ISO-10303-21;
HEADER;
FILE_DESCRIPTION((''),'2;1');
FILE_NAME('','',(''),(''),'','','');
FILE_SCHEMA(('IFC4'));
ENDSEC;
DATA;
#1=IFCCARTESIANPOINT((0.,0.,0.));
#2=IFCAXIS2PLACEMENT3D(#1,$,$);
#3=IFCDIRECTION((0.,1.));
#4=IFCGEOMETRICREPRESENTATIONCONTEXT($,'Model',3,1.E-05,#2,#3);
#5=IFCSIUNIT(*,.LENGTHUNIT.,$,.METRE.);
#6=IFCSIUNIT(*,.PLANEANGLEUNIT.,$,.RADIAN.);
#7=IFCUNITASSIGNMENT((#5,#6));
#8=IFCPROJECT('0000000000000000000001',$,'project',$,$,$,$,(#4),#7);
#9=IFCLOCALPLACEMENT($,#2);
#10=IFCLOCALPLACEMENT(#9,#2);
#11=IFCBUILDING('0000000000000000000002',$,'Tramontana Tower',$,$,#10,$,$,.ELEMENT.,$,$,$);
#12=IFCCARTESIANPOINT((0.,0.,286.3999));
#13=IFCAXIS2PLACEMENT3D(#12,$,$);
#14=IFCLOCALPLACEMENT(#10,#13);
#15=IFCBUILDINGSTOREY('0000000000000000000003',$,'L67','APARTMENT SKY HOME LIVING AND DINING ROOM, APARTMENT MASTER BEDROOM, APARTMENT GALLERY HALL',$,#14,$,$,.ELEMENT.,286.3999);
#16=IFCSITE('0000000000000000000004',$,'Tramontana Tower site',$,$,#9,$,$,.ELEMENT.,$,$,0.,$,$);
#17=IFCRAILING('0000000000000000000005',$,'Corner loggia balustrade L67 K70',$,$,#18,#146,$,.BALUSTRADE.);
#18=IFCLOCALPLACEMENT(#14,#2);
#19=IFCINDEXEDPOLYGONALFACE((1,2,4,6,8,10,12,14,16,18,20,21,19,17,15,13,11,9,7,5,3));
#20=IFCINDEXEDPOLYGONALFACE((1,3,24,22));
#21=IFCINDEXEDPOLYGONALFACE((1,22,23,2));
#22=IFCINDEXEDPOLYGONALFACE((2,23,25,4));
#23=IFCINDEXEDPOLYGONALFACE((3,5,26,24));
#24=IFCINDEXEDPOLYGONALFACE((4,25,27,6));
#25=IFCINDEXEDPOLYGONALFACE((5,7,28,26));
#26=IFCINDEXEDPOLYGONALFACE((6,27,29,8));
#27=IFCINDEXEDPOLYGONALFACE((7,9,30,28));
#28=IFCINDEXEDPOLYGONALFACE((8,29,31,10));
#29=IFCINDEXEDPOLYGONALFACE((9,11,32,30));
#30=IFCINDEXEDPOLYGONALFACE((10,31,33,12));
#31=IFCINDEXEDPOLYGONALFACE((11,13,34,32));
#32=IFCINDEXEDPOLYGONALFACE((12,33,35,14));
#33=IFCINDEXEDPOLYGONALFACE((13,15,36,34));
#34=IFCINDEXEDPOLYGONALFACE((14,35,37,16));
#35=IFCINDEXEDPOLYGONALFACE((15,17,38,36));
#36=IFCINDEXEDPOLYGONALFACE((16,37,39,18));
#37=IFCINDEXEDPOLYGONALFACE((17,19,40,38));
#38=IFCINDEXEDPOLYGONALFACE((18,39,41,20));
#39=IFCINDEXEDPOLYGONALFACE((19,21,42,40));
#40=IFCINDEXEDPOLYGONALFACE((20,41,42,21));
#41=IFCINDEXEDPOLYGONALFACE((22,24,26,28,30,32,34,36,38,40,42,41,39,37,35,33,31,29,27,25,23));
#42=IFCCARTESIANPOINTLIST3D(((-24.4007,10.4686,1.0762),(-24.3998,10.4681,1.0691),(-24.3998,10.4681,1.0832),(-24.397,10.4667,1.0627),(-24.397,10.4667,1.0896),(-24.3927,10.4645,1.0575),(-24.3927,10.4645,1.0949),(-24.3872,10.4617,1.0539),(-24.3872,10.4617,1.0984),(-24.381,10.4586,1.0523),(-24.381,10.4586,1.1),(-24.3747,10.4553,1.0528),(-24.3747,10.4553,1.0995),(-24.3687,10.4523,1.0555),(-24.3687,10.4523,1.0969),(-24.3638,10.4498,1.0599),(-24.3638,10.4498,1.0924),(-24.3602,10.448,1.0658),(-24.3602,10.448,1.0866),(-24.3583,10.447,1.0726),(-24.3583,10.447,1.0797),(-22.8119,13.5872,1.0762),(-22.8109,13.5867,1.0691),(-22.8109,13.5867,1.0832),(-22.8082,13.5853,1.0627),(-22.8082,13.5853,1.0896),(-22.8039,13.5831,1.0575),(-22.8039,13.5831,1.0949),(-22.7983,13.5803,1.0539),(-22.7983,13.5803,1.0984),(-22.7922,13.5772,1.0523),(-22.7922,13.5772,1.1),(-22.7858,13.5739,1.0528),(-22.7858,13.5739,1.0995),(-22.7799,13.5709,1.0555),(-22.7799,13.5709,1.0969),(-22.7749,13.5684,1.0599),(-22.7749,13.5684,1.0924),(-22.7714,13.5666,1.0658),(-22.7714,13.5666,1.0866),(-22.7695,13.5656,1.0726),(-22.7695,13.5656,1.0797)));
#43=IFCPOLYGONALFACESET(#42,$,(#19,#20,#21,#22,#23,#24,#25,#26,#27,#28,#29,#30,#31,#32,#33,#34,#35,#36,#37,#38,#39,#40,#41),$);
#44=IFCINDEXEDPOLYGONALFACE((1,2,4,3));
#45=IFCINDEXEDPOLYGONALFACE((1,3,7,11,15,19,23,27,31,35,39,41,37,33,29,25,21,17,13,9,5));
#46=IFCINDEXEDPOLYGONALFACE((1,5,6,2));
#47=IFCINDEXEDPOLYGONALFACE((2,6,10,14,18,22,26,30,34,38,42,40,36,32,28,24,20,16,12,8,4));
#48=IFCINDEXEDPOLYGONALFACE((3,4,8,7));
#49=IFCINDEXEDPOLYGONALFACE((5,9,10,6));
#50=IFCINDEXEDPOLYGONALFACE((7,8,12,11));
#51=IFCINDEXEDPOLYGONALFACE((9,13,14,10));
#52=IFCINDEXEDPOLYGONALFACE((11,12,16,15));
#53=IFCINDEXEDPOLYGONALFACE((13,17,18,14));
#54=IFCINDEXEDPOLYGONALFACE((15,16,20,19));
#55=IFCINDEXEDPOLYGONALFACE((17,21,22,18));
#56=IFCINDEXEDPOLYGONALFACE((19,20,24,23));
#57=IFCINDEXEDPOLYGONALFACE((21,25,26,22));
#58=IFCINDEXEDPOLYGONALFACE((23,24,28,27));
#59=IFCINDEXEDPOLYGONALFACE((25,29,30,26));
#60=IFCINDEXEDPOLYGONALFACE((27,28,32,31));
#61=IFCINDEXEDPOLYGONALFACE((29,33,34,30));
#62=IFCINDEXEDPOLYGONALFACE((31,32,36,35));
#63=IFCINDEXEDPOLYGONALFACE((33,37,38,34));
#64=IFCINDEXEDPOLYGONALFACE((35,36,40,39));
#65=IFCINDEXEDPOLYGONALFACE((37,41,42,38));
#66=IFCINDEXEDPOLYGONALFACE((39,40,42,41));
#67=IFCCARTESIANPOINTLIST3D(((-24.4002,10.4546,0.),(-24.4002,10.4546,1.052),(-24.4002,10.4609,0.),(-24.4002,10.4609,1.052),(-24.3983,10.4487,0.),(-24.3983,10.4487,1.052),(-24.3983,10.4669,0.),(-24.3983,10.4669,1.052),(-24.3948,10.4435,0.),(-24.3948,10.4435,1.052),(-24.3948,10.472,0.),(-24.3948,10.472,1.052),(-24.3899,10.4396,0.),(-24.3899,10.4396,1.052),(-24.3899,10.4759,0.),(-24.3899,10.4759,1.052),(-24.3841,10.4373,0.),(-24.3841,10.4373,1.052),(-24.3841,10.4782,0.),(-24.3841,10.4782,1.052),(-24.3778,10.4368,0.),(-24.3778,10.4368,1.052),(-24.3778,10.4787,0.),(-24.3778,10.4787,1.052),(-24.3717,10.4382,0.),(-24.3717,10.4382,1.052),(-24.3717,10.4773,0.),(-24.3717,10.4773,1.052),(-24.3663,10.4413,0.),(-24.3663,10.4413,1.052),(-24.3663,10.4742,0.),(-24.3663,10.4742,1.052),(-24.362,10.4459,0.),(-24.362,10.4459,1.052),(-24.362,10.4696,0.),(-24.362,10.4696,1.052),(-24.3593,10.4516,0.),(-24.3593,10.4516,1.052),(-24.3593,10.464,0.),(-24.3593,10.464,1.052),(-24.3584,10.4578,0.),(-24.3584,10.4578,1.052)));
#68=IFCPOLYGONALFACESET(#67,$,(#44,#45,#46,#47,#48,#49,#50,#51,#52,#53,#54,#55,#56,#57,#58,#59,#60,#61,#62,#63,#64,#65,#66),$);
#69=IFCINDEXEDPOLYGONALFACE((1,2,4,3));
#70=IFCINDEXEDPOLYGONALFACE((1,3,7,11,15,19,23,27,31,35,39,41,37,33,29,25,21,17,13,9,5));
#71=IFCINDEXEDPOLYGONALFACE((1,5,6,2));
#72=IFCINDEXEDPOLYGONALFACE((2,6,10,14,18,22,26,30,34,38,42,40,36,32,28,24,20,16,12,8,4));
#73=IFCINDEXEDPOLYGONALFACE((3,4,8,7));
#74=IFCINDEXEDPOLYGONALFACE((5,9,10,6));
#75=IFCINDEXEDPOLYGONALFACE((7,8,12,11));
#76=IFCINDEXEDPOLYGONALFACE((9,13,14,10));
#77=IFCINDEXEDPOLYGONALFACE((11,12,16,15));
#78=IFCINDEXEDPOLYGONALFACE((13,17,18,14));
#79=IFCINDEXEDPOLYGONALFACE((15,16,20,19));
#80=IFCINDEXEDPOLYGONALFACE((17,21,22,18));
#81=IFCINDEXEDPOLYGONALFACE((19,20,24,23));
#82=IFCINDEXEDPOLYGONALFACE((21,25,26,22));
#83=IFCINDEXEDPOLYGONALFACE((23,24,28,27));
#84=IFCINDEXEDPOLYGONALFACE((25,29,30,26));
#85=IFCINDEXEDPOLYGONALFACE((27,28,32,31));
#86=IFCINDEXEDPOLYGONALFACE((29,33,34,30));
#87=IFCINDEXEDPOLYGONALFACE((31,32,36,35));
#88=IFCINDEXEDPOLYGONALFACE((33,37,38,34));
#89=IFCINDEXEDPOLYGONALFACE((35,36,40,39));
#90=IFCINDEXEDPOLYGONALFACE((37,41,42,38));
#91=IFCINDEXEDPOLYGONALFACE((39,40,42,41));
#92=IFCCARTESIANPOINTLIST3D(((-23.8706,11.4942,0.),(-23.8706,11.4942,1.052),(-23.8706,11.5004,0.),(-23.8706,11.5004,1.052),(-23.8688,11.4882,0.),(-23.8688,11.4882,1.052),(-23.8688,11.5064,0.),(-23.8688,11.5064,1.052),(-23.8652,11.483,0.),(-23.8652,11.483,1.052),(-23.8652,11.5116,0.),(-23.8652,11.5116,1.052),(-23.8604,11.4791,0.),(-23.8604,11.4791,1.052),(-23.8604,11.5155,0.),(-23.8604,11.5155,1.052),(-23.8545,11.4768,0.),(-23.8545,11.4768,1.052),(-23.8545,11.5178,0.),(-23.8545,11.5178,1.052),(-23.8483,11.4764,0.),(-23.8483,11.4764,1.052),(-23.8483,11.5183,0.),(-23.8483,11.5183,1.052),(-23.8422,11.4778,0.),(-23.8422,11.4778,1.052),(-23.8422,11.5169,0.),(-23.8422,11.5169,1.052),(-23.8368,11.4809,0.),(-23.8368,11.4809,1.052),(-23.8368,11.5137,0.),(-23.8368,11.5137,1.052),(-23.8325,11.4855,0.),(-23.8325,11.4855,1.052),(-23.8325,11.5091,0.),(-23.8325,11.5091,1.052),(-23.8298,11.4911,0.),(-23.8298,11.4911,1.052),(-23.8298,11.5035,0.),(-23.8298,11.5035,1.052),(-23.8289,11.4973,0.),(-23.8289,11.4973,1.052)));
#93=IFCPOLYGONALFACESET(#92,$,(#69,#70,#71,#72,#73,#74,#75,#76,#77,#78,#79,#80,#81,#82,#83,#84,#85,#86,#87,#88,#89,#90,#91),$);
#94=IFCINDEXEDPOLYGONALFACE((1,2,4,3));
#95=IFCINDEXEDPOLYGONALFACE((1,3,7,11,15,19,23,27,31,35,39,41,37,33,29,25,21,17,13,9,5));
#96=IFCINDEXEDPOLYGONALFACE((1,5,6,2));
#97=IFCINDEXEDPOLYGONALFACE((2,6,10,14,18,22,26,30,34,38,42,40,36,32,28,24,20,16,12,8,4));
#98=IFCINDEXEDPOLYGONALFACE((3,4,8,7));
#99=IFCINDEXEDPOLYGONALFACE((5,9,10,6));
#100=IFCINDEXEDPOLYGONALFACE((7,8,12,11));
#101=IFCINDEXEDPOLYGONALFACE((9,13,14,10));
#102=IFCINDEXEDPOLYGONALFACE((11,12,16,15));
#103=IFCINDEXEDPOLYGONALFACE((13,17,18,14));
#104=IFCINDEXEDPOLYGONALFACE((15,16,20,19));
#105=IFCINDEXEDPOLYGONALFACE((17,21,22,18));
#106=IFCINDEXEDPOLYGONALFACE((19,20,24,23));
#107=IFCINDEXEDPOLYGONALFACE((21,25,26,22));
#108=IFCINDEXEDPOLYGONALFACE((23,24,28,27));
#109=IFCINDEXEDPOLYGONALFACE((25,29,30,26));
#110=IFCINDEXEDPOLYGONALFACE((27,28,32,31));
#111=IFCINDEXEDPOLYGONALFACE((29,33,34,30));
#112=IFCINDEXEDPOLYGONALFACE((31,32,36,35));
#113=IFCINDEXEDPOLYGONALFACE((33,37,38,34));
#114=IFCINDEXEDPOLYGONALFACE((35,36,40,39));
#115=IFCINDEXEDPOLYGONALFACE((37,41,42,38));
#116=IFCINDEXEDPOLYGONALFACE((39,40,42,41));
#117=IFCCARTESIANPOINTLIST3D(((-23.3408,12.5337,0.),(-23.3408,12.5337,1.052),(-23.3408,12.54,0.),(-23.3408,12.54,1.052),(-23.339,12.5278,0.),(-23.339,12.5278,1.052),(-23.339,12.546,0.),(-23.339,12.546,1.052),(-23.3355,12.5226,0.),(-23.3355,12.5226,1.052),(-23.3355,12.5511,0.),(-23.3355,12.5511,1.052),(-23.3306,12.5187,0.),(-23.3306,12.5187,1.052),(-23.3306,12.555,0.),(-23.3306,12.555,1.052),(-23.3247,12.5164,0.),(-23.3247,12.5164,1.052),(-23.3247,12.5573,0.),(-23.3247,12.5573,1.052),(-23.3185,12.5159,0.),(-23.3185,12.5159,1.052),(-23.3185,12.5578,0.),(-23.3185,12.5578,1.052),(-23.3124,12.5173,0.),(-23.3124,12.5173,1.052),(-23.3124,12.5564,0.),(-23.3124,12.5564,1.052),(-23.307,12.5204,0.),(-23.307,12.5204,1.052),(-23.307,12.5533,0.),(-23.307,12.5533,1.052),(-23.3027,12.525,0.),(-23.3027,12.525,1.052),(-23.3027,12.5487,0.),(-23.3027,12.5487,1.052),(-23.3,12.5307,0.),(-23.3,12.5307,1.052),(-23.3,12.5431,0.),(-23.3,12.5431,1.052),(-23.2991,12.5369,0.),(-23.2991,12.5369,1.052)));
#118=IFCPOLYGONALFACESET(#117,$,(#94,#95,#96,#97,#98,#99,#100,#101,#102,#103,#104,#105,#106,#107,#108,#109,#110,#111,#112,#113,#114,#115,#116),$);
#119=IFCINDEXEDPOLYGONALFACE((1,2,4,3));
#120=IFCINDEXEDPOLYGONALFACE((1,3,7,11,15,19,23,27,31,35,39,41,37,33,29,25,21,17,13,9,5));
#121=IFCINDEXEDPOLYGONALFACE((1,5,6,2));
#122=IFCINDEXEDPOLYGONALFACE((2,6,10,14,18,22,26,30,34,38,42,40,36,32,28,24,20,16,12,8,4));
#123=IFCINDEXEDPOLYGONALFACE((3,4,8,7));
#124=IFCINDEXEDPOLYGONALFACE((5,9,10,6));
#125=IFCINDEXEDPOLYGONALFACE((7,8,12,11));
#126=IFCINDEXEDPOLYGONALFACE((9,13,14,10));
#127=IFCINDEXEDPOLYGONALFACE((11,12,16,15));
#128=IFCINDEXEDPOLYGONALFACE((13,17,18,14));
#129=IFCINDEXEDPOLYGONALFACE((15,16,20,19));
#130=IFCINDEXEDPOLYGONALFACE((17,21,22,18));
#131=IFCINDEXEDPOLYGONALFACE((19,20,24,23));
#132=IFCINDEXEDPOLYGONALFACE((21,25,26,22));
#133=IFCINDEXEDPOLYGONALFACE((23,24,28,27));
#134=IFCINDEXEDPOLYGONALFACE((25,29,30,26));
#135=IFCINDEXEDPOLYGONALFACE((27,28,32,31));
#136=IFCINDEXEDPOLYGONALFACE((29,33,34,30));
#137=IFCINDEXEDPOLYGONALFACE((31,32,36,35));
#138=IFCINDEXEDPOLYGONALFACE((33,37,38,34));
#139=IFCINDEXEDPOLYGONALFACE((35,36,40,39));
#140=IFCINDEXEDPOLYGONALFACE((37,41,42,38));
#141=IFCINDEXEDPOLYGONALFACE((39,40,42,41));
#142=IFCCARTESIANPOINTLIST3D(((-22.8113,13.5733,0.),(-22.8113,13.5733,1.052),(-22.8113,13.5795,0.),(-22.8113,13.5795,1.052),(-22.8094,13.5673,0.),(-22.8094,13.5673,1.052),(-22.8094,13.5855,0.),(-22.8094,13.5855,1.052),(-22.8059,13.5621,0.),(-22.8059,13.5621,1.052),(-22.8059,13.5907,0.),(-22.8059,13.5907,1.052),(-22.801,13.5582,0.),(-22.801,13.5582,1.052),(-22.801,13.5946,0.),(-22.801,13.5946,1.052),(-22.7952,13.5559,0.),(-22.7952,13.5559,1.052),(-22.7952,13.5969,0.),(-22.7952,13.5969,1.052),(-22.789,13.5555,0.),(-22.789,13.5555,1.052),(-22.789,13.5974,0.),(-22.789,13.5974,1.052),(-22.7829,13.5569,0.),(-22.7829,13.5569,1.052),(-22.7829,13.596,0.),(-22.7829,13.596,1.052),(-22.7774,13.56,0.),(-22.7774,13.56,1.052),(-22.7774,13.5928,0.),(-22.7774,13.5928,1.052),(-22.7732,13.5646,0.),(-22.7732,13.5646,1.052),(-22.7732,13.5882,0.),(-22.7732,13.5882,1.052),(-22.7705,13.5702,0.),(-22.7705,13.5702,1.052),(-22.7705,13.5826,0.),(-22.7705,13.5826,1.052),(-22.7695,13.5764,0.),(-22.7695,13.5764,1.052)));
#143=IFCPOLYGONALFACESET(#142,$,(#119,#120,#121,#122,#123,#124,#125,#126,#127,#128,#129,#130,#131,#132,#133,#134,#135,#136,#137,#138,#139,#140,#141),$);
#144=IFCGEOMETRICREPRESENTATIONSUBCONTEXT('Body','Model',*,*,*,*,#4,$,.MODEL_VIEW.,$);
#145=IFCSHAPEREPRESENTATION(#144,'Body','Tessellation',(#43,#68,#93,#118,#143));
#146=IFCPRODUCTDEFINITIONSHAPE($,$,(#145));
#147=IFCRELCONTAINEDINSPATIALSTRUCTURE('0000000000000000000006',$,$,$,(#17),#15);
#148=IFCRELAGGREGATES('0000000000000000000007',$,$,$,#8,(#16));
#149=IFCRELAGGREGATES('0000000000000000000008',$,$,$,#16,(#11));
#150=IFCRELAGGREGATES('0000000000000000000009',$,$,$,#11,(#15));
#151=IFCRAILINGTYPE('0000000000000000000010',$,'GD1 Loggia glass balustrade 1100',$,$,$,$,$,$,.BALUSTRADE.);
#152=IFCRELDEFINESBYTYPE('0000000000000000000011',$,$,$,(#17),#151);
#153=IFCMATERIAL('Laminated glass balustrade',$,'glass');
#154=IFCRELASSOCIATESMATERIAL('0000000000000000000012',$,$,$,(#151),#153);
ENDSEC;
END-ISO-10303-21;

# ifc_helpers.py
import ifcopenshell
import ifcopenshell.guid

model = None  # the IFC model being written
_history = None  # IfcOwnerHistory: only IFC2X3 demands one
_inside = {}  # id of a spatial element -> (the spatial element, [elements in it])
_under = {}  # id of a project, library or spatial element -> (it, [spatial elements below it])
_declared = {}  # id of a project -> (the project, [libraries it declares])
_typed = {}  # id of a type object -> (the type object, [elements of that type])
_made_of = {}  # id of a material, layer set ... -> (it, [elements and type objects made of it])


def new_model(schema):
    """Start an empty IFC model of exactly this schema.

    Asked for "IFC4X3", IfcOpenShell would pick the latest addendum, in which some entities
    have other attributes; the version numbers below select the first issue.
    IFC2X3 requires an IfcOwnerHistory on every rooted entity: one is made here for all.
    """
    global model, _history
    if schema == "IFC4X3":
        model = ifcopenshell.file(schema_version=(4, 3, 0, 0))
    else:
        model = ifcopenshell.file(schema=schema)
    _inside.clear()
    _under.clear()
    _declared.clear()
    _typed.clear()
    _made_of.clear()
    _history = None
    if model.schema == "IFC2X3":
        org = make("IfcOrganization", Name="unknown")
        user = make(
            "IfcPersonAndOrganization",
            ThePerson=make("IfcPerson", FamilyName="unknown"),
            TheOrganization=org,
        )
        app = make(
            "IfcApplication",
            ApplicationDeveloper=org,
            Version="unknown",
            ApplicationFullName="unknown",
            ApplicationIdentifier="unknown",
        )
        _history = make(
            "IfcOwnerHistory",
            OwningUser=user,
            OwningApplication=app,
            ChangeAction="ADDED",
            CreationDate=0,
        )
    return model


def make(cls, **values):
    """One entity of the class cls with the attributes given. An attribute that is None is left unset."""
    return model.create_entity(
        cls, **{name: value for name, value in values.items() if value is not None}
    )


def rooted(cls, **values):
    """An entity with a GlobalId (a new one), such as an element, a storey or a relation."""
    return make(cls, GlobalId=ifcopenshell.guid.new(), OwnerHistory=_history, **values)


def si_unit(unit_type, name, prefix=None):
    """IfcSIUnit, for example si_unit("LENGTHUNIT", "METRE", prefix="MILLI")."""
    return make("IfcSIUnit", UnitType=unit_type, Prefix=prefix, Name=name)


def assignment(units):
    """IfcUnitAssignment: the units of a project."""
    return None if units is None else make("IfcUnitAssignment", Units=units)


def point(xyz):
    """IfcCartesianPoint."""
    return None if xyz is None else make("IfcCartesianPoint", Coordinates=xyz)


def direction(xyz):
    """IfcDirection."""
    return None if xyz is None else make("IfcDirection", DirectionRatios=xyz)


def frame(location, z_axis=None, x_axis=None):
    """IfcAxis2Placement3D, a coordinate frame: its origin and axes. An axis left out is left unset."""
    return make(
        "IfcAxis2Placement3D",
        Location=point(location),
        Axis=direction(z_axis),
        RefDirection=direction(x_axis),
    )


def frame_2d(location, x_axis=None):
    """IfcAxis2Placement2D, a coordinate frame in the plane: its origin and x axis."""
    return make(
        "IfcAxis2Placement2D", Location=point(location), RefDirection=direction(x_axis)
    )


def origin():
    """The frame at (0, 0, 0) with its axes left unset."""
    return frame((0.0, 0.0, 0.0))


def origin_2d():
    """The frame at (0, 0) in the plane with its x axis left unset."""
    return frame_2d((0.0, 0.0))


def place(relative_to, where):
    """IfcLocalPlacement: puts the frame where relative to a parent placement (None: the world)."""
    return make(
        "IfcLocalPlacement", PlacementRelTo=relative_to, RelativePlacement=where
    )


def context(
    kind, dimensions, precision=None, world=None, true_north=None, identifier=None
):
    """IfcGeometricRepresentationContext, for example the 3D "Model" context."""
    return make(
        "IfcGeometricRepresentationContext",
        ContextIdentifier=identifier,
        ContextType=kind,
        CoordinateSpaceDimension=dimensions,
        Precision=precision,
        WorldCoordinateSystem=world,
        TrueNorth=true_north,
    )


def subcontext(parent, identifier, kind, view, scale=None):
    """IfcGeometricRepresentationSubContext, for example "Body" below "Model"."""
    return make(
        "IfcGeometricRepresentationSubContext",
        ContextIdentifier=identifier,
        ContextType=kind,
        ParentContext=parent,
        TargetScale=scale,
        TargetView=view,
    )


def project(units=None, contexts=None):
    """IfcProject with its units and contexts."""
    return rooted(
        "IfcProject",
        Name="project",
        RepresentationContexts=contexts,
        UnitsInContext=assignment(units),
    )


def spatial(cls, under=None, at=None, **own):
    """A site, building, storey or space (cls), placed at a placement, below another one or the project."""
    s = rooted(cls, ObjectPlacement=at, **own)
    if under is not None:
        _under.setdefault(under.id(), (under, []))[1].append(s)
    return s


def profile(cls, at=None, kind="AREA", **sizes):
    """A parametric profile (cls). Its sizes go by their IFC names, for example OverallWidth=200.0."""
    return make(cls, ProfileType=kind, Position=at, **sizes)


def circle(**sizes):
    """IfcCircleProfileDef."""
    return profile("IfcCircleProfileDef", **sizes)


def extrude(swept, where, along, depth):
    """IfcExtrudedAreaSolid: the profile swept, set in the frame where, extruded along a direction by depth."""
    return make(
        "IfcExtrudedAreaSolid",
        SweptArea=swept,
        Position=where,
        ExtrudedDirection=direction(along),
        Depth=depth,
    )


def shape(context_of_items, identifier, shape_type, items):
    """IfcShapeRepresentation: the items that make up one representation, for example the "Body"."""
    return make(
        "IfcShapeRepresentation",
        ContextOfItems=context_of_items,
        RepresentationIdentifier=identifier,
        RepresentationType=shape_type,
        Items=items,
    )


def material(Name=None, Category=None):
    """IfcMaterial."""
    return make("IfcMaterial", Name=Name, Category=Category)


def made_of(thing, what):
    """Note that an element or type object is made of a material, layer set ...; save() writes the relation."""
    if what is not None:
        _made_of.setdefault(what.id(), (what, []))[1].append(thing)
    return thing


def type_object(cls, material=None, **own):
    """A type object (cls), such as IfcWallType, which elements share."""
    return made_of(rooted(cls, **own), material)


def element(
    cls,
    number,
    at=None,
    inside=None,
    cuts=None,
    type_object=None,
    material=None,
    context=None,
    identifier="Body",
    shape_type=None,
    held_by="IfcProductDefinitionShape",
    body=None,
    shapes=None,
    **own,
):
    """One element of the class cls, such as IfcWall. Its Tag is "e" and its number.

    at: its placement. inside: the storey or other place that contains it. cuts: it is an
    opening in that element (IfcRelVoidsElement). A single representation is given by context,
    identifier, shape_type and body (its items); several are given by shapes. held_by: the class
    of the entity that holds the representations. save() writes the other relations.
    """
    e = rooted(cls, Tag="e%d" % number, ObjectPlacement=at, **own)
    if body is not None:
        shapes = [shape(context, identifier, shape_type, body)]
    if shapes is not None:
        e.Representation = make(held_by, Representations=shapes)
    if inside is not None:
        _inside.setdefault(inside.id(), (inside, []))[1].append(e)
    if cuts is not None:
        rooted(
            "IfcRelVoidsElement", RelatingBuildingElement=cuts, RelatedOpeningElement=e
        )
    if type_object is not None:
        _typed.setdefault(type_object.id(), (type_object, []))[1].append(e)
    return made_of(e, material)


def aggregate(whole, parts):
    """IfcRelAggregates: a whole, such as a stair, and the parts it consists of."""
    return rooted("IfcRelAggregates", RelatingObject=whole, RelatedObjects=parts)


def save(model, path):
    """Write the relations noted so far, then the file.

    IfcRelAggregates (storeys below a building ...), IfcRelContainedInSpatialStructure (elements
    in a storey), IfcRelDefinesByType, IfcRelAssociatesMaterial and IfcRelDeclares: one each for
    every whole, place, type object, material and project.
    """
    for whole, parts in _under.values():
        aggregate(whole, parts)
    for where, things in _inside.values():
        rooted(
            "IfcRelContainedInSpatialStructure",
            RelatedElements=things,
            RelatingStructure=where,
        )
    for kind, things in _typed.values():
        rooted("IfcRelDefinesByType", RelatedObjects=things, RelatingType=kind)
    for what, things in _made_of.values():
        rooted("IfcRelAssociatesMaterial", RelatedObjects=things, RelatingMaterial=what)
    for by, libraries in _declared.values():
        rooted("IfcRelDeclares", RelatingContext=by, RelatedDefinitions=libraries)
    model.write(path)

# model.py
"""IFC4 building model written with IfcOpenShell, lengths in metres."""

from ifc_helpers import new_model, si_unit, direction, frame, origin, origin_2d, place, context, subcontext, project, spatial, circle, extrude, material, type_object, element, save


model = new_model("IFC4")

# Units and contexts
model_context = context("Model", 3, precision=1e-05, world=origin(), true_north=direction((0.0, 1.0)))
body_context = subcontext(model_context, "Body", "Model", "MODEL_VIEW")
ifc_project = project(units=[si_unit("LENGTHUNIT", "METRE"), si_unit("PLANEANGLEUNIT", "RADIAN")], contexts=[model_context])

# Site, building, storey
site_placement = place(None, origin())
site = spatial("IfcSite", under=ifc_project, at=site_placement, Name="Tramontana Tower site", CompositionType="ELEMENT", RefElevation=0.0)
building_placement = place(site_placement, origin())
building = spatial("IfcBuilding", under=site, at=building_placement, Name="Tramontana Tower", CompositionType="ELEMENT")
storey_placement = place(building_placement, frame((0.0, 0.0, 286.3999)))
storey = spatial("IfcBuildingStorey", under=building, at=storey_placement, Name="L67", Description="APARTMENT SKY HOME LIVING AND DINING ROOM, APARTMENT MASTER BEDROOM, APARTMENT GALLERY HALL", CompositionType="ELEMENT", Elevation=286.3999)

# Railing
ifc_material_1 = material(Name="Laminated glass balustrade", Category="glass")
railing_type = type_object("IfcRailingType", Name="GD1 Loggia glass balustrade 1100", PredefinedType="BALUSTRADE", material=ifc_material_1)
railing_1_placement = place(storey_placement, frame((-24.3794, 10.4578, 0.0)))
element("IfcRailing", 1, at=railing_1_placement, inside=storey, type_object=railing_type, Name="Corner loggia balustrade L67 K70", PredefinedType="BALUSTRADE", context=body_context, shape_type="SweptSolid", body=[
    extrude(circle(Radius=0.0239, at=origin_2d()), frame((0.0, 0.0, 1.0762), z_axis=(0.453953, 0.891026, 0.0), x_axis=(-0.891026, 0.453953, 0.0)), (0.0, 0.0, 1.0), 3.5),
    extrude(circle(Radius=0.021, at=origin_2d()), origin(), (0.0, 0.0, 1.0), 1.052),
    extrude(circle(Radius=0.021, at=origin_2d()), frame((0.5295, 1.0396, 0.0)), (0.0, 0.0, 1.0), 1.052),
    extrude(circle(Radius=0.021, at=origin_2d()), frame((1.0593, 2.0791, 0.0)), (0.0, 0.0, 1.0), 1.052),
    extrude(circle(Radius=0.021, at=origin_2d()), frame((1.5889, 3.1187, 0.0)), (0.0, 0.0, 1.0), 1.052),
])

save(model, "model.ifc")
